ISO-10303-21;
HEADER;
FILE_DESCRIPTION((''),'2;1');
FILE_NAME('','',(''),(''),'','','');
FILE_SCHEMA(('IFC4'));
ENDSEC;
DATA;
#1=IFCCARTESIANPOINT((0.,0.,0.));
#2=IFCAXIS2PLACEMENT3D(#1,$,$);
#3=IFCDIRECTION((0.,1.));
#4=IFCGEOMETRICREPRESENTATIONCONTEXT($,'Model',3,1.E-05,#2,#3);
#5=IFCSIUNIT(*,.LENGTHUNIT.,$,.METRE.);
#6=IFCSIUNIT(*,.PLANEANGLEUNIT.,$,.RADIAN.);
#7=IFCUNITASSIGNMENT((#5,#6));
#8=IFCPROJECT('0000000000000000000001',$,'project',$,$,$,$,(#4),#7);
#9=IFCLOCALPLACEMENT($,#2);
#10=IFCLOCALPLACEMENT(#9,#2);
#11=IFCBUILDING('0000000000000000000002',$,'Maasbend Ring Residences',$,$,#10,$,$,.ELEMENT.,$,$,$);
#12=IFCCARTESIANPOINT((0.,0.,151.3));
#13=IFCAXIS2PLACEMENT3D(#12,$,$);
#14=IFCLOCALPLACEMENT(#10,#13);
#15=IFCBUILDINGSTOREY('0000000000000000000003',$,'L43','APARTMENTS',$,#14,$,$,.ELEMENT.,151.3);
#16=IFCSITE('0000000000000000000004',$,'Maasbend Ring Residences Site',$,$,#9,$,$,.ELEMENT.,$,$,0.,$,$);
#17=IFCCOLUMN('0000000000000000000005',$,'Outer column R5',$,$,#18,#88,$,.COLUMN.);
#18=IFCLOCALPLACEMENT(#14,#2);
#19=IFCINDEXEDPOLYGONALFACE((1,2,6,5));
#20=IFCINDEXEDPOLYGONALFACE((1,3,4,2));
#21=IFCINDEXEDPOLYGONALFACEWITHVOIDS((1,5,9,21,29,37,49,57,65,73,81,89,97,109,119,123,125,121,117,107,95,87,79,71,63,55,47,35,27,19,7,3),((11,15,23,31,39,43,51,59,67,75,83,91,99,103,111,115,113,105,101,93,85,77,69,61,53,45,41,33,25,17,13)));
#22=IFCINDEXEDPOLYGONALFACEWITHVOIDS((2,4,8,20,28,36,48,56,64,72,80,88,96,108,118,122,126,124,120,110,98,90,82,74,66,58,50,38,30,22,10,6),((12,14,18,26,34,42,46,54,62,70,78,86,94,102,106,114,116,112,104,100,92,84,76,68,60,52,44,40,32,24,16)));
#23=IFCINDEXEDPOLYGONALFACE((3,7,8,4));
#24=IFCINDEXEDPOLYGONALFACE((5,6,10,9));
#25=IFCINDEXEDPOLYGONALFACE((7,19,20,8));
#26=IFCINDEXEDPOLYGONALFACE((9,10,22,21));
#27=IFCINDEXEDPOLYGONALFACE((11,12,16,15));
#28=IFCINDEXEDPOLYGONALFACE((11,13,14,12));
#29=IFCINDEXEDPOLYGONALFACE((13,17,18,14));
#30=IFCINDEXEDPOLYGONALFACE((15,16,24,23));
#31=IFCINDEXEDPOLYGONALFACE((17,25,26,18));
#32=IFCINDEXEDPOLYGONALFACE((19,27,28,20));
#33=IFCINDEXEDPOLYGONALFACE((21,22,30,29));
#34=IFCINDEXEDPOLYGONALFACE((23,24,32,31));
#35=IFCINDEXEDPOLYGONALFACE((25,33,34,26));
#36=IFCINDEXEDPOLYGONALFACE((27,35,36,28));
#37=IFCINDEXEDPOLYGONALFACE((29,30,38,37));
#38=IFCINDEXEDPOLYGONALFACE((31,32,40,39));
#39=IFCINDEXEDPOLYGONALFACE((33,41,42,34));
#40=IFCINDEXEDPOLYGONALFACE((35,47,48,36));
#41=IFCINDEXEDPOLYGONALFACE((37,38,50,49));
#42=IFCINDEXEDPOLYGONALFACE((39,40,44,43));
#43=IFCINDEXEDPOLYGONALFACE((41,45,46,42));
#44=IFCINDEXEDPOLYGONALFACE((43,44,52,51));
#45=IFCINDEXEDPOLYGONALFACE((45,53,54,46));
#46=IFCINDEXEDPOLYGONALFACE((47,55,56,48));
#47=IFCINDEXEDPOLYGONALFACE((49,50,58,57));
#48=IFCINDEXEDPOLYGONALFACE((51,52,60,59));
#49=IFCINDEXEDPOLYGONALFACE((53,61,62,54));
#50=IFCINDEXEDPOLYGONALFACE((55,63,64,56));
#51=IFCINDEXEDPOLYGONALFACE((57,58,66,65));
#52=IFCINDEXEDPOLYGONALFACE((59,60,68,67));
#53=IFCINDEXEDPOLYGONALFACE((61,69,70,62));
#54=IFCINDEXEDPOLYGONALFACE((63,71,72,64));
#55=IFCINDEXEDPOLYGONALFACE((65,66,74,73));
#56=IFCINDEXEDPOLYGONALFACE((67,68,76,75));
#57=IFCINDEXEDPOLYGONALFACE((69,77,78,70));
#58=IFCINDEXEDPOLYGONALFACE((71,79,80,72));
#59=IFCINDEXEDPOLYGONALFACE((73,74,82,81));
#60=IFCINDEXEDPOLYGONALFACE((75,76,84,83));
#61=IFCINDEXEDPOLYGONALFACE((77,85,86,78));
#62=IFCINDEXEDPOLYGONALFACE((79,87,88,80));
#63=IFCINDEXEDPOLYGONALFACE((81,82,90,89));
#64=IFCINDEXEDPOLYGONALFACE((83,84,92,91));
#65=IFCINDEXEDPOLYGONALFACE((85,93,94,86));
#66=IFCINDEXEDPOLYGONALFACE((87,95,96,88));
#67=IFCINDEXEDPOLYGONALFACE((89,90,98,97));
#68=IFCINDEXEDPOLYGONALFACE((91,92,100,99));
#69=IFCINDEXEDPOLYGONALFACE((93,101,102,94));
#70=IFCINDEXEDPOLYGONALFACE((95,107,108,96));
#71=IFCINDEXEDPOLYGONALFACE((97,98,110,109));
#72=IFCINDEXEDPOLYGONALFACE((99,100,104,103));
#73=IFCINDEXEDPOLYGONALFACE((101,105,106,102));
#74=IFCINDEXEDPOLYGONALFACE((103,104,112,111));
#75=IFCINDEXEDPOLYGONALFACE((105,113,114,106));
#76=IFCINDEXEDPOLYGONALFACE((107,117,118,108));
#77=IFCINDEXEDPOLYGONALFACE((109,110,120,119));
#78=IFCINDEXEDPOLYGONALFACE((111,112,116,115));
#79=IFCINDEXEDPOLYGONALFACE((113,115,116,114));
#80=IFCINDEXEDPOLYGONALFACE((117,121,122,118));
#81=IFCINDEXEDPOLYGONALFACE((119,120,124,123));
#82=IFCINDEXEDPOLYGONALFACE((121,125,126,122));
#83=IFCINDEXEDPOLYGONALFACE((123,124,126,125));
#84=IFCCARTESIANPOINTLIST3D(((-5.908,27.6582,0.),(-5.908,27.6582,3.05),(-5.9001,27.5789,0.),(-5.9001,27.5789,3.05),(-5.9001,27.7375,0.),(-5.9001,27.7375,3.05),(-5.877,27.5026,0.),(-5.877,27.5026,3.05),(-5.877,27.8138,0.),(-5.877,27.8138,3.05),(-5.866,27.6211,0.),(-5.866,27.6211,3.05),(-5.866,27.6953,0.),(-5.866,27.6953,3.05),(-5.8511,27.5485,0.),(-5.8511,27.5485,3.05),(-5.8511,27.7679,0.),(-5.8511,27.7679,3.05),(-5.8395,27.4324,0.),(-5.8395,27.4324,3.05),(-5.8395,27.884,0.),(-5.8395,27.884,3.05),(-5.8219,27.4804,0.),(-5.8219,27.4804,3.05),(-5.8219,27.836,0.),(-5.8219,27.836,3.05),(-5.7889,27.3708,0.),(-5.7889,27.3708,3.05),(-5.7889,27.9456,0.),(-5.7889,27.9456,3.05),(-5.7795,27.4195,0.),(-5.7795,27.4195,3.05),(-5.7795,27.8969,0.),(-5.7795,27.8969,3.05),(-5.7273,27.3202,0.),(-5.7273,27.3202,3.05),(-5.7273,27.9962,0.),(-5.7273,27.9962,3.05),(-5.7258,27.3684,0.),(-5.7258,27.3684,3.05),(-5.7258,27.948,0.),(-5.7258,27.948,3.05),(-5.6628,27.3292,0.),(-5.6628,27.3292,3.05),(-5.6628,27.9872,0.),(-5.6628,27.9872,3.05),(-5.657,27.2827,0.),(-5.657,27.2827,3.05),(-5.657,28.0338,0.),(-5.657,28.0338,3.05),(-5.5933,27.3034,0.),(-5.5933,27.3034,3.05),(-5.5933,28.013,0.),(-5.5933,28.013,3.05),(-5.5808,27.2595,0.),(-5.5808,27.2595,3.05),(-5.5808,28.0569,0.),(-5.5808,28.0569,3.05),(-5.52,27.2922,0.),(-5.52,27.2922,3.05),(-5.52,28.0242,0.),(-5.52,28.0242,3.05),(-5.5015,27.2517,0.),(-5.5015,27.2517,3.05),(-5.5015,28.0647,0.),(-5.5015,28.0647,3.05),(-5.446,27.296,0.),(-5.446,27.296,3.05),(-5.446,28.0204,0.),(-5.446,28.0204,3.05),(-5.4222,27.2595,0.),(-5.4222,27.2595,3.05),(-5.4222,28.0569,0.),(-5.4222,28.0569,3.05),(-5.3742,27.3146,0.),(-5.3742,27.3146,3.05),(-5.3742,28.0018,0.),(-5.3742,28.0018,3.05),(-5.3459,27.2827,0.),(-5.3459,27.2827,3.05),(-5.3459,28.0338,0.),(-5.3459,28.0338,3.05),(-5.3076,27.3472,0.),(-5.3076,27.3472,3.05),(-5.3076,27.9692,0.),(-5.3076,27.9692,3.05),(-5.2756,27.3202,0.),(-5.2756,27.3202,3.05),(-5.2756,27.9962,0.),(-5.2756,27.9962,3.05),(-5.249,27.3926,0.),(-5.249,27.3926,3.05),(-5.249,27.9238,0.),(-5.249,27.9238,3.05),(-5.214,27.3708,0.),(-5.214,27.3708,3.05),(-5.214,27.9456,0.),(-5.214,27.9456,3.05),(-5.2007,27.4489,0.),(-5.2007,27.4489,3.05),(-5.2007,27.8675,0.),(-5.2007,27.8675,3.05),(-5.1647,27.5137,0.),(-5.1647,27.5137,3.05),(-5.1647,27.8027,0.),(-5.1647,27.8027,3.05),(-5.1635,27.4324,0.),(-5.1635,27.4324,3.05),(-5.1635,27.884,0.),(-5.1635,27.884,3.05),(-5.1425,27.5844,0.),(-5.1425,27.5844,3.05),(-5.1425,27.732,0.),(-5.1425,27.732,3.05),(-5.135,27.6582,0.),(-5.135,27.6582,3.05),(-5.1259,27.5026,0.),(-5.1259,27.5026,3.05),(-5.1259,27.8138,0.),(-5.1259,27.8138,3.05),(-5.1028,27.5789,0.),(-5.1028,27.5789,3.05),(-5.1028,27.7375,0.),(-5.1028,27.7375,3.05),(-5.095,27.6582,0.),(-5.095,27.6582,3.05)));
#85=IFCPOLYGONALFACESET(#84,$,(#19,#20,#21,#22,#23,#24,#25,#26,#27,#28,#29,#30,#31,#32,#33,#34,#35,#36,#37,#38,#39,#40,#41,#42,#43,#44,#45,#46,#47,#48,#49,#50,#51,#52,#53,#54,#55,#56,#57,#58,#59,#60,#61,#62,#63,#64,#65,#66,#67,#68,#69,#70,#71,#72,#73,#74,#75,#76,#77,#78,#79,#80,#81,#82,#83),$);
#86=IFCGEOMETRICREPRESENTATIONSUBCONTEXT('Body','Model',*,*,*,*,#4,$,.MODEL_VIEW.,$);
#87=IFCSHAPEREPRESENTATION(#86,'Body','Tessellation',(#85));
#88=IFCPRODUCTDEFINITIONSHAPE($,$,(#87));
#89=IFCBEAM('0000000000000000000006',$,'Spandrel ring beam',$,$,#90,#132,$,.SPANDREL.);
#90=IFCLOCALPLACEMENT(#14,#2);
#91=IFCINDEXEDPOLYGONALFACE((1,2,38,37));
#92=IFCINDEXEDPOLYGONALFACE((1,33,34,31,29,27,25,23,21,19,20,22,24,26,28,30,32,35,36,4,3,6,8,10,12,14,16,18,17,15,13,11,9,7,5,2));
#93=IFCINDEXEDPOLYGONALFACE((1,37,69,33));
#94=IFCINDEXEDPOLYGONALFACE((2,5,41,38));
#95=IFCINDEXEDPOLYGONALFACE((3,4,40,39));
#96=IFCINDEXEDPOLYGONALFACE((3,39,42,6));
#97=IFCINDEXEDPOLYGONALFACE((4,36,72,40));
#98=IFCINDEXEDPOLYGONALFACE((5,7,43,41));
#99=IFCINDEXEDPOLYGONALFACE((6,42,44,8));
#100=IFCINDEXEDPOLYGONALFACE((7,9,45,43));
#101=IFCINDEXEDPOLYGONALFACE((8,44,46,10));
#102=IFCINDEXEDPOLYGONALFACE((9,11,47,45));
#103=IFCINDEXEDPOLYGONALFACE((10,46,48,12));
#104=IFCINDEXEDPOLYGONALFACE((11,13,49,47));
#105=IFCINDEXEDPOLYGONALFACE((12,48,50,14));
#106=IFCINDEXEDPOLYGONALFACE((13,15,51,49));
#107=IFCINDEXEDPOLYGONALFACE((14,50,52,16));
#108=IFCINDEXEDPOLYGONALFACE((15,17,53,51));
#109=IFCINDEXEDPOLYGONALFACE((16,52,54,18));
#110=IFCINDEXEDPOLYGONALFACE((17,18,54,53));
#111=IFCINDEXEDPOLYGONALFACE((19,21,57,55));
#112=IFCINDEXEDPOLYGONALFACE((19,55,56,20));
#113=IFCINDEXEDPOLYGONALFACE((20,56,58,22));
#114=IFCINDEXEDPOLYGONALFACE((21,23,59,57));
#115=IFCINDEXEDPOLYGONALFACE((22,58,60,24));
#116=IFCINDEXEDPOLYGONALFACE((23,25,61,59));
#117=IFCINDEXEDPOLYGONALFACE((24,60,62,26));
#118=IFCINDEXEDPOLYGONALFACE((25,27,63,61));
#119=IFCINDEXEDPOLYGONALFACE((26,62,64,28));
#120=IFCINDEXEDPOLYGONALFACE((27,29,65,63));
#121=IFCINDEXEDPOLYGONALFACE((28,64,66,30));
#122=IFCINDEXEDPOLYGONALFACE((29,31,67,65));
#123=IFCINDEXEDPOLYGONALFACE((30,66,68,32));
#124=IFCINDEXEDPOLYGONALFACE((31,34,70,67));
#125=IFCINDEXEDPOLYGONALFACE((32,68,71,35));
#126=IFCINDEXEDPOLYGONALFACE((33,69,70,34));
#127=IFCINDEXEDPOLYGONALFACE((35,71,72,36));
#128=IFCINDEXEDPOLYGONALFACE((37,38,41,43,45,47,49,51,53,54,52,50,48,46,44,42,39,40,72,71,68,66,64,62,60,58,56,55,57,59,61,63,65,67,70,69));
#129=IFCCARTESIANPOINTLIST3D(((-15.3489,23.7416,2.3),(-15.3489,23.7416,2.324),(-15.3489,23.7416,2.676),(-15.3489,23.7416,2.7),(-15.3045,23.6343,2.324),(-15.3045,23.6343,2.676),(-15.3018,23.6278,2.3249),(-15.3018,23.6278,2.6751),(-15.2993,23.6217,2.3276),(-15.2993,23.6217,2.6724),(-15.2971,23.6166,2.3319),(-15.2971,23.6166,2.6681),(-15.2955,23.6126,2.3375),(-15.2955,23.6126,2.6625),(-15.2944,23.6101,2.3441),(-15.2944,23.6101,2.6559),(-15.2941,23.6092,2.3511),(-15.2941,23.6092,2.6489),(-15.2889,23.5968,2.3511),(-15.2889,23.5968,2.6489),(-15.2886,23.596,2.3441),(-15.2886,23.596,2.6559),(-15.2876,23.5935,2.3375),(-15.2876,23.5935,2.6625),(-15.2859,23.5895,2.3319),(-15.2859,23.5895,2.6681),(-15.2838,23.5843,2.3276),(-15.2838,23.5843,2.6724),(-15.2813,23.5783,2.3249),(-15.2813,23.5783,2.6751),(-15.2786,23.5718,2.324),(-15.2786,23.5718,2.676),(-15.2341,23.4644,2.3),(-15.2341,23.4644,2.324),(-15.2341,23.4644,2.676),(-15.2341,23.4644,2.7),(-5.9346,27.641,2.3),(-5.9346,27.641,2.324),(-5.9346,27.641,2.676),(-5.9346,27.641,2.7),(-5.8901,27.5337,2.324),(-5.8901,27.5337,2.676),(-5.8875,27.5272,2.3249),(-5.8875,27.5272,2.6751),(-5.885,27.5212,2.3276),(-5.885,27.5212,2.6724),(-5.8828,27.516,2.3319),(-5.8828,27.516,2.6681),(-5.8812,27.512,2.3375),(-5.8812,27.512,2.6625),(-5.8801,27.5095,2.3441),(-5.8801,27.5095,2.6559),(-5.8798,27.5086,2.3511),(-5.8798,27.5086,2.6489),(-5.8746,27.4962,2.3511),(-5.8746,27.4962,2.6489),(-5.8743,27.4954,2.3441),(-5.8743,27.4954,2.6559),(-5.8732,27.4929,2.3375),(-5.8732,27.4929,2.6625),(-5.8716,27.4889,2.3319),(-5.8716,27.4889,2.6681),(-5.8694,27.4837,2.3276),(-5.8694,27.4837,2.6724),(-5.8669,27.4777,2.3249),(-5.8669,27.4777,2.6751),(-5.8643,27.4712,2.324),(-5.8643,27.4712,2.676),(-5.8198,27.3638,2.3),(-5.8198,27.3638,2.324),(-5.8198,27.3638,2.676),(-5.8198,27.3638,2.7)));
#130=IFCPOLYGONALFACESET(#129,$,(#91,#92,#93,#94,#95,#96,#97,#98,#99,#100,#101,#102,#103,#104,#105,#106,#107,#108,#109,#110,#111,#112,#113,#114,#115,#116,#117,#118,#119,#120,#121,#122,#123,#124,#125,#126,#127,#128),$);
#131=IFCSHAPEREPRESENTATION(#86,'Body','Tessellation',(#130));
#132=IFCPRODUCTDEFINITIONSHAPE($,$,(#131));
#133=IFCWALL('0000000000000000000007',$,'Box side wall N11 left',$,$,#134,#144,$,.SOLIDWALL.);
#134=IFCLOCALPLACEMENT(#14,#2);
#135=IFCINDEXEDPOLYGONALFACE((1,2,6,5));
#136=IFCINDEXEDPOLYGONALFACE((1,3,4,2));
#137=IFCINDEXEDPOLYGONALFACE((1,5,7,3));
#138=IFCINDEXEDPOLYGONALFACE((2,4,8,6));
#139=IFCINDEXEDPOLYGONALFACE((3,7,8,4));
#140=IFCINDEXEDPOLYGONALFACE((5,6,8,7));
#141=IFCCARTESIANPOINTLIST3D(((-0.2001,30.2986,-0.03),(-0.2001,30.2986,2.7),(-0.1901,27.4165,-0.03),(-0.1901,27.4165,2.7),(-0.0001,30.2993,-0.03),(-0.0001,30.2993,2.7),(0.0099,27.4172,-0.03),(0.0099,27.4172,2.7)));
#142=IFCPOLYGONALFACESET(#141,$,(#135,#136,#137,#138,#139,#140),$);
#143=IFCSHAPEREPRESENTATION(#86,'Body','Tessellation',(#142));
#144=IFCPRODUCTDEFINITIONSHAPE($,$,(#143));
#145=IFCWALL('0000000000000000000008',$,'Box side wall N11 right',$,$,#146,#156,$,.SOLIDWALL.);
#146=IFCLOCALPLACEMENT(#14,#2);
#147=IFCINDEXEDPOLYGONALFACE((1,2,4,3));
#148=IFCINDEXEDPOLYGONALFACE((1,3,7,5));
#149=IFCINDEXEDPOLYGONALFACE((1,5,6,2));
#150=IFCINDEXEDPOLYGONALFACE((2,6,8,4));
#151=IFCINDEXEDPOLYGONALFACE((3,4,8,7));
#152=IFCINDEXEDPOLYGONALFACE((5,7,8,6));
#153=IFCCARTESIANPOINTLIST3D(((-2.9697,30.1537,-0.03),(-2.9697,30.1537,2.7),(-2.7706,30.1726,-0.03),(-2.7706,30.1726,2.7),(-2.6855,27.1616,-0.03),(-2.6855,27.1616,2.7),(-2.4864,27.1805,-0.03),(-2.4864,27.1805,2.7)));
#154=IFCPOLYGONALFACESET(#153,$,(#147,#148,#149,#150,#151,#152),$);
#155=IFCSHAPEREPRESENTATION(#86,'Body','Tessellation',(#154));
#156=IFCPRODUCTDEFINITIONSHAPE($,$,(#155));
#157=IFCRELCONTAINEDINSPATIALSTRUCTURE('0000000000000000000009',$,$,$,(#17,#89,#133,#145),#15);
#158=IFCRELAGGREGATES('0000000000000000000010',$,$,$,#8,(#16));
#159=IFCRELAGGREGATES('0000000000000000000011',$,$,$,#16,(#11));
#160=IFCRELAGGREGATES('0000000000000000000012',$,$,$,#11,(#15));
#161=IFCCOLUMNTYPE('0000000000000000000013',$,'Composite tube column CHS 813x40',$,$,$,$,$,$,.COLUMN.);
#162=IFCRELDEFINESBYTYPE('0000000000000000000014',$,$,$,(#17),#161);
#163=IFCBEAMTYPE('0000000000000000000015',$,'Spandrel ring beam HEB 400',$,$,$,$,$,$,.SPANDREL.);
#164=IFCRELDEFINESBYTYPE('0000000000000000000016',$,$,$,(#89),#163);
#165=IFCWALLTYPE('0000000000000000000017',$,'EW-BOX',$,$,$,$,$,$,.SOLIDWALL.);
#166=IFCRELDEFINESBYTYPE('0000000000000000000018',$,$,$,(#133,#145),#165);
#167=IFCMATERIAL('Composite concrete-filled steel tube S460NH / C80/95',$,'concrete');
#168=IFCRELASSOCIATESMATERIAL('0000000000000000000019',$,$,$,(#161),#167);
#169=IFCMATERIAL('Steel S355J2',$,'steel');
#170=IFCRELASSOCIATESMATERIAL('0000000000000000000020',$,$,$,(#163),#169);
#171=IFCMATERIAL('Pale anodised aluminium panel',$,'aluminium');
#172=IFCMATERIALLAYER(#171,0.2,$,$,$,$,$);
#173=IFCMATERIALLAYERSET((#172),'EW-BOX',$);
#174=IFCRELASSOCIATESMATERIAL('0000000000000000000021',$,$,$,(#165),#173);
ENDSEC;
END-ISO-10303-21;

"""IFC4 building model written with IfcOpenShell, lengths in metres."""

from ifc_helpers import new_model, si_unit, direction, frame, frame_2d, origin, origin_2d, place, context, subcontext, project, spatial, rectangle, hollow_circle, i_section, extrude, material, layer, layer_set, material_profile, profile_set, type_object, element, save


model = new_model("IFC4")

# Units and contexts
model_context = context("Model", 3, precision=1e-05, world=origin(), true_north=direction((0.0, 1.0)))
body_context = subcontext(model_context, "Body", "Model", "MODEL_VIEW")
ifc_project = project(units=[si_unit("LENGTHUNIT", "METRE"), si_unit("PLANEANGLEUNIT", "RADIAN")], contexts=[model_context])

# Site, building, storey
site_placement = place(None, origin())
site = spatial("IfcSite", under=ifc_project, at=site_placement, Name="Maasbend Ring Residences Site", CompositionType="ELEMENT", RefElevation=0.0)
building_placement = place(site_placement, origin())
building = spatial("IfcBuilding", under=site, at=building_placement, Name="Maasbend Ring Residences", CompositionType="ELEMENT")
storey_placement = place(building_placement, frame((0.0, 0.0, 151.3)))
storey = spatial("IfcBuildingStorey", under=building, at=storey_placement, Name="L43", Description="APARTMENTS", CompositionType="ELEMENT", Elevation=151.3)

# Column
ifc_material_1 = material(Name="Composite concrete-filled steel tube S460NH / C80/95", Category="concrete")
ifc_material_profile_1 = material_profile(ifc_material_1, hollow_circle(Radius=0.4065, WallThickness=0.04, at=origin_2d()), Name="Composite tube column CHS 813x40")
ifc_profile_set_1 = profile_set([ifc_material_profile_1], Name="Composite concrete-filled steel tube S460NH / C80/95")
column_type = type_object("IfcColumnType", Name="Composite tube column CHS 813x40", PredefinedType="COLUMN", material=ifc_profile_set_1)
column_placement = place(storey_placement, frame((-5.5015, 27.6582, 0.0), z_axis=(0.0, 0.0, 1.0), x_axis=(1.0, 0.0, 0.0)))
element("IfcColumn", 1, at=column_placement, inside=storey, type_object=column_type, Name="Outer column R5", PredefinedType="COLUMN", context=body_context, shape_type="SweptSolid", body=[
    extrude(hollow_circle(Radius=0.4065, WallThickness=0.04, at=origin_2d()), origin(), (0.0, 0.0, 1.0), 3.05),
])

# Beam
ifc_material_2 = material(Name="Steel S355J2", Category="steel")
ifc_material_profile_2 = material_profile(ifc_material_2, i_section(OverallWidth=0.3, OverallDepth=0.3999, WebThickness=0.0134, FlangeThickness=0.0239, FilletRadius=0.0271, at=origin_2d()), Name="HEB 400")
ifc_profile_set_2 = profile_set([ifc_material_profile_2], Name="Steel S355J2")
beam_type = type_object("IfcBeamType", Name="Spandrel ring beam HEB 400", PredefinedType="SPANDREL", material=ifc_profile_set_2)
beam_placement = place(storey_placement, frame((-5.8772, 27.5024, 2.5), z_axis=(-0.923884, -0.382673, 0.0), x_axis=(0.382673, -0.923884, 0.0)))
element("IfcBeam", 2, at=beam_placement, inside=storey, type_object=beam_type, Name="Spandrel ring beam", PredefinedType="SPANDREL", context=body_context, shape_type="SweptSolid", body=[
    extrude(i_section(OverallWidth=0.3, OverallDepth=0.3999, WebThickness=0.0134, FlangeThickness=0.0239, FilletRadius=0.0271, at=origin_2d()), origin(), (0.0, 0.0, 1.0), 10.1899),
])

# Walls
ifc_material_3 = material(Name="Pale anodised aluminium panel", Category="aluminium")
ifc_layer_1 = layer(ifc_material_3, 0.2)
ifc_layer_set_1 = layer_set([ifc_layer_1], Name="EW-BOX")
wall_type_1 = type_object("IfcWallType", Name="EW-BOX", PredefinedType="SOLIDWALL", material=ifc_layer_set_1)
wall_1_placement = place(storey_placement, frame((-0.0901, 27.417, -0.03), z_axis=(0.0, 0.0, 1.0), x_axis=(-0.003473, 0.999994, 0.0)))
element("IfcWall", 3, at=wall_1_placement, inside=storey, type_object=wall_type_1, Name="Box side wall N11 left", PredefinedType="SOLIDWALL", context=body_context, shape_type="SweptSolid", body=[
    extrude(rectangle(XDim=2.8821, YDim=0.2, at=frame_2d((1.4409, 0.0))), origin(), (0.0, 0.0, 1.0), 2.73),
])
wall_2_placement = place(storey_placement, frame((-2.5859, 27.1709, -0.03), z_axis=(0.0, 0.0, 1.0), x_axis=(-0.094548, 0.99552, 0.0)))
element("IfcWall", 4, at=wall_2_placement, inside=storey, type_object=wall_type_1, Name="Box side wall N11 right", PredefinedType="SOLIDWALL", context=body_context, shape_type="SweptSolid", body=[
    extrude(rectangle(XDim=3.0056, YDim=0.2, at=frame_2d((1.5029, 0.0))), origin(), (0.0, 0.0, 1.0), 2.73),
])

save(model, "model.ifc")
